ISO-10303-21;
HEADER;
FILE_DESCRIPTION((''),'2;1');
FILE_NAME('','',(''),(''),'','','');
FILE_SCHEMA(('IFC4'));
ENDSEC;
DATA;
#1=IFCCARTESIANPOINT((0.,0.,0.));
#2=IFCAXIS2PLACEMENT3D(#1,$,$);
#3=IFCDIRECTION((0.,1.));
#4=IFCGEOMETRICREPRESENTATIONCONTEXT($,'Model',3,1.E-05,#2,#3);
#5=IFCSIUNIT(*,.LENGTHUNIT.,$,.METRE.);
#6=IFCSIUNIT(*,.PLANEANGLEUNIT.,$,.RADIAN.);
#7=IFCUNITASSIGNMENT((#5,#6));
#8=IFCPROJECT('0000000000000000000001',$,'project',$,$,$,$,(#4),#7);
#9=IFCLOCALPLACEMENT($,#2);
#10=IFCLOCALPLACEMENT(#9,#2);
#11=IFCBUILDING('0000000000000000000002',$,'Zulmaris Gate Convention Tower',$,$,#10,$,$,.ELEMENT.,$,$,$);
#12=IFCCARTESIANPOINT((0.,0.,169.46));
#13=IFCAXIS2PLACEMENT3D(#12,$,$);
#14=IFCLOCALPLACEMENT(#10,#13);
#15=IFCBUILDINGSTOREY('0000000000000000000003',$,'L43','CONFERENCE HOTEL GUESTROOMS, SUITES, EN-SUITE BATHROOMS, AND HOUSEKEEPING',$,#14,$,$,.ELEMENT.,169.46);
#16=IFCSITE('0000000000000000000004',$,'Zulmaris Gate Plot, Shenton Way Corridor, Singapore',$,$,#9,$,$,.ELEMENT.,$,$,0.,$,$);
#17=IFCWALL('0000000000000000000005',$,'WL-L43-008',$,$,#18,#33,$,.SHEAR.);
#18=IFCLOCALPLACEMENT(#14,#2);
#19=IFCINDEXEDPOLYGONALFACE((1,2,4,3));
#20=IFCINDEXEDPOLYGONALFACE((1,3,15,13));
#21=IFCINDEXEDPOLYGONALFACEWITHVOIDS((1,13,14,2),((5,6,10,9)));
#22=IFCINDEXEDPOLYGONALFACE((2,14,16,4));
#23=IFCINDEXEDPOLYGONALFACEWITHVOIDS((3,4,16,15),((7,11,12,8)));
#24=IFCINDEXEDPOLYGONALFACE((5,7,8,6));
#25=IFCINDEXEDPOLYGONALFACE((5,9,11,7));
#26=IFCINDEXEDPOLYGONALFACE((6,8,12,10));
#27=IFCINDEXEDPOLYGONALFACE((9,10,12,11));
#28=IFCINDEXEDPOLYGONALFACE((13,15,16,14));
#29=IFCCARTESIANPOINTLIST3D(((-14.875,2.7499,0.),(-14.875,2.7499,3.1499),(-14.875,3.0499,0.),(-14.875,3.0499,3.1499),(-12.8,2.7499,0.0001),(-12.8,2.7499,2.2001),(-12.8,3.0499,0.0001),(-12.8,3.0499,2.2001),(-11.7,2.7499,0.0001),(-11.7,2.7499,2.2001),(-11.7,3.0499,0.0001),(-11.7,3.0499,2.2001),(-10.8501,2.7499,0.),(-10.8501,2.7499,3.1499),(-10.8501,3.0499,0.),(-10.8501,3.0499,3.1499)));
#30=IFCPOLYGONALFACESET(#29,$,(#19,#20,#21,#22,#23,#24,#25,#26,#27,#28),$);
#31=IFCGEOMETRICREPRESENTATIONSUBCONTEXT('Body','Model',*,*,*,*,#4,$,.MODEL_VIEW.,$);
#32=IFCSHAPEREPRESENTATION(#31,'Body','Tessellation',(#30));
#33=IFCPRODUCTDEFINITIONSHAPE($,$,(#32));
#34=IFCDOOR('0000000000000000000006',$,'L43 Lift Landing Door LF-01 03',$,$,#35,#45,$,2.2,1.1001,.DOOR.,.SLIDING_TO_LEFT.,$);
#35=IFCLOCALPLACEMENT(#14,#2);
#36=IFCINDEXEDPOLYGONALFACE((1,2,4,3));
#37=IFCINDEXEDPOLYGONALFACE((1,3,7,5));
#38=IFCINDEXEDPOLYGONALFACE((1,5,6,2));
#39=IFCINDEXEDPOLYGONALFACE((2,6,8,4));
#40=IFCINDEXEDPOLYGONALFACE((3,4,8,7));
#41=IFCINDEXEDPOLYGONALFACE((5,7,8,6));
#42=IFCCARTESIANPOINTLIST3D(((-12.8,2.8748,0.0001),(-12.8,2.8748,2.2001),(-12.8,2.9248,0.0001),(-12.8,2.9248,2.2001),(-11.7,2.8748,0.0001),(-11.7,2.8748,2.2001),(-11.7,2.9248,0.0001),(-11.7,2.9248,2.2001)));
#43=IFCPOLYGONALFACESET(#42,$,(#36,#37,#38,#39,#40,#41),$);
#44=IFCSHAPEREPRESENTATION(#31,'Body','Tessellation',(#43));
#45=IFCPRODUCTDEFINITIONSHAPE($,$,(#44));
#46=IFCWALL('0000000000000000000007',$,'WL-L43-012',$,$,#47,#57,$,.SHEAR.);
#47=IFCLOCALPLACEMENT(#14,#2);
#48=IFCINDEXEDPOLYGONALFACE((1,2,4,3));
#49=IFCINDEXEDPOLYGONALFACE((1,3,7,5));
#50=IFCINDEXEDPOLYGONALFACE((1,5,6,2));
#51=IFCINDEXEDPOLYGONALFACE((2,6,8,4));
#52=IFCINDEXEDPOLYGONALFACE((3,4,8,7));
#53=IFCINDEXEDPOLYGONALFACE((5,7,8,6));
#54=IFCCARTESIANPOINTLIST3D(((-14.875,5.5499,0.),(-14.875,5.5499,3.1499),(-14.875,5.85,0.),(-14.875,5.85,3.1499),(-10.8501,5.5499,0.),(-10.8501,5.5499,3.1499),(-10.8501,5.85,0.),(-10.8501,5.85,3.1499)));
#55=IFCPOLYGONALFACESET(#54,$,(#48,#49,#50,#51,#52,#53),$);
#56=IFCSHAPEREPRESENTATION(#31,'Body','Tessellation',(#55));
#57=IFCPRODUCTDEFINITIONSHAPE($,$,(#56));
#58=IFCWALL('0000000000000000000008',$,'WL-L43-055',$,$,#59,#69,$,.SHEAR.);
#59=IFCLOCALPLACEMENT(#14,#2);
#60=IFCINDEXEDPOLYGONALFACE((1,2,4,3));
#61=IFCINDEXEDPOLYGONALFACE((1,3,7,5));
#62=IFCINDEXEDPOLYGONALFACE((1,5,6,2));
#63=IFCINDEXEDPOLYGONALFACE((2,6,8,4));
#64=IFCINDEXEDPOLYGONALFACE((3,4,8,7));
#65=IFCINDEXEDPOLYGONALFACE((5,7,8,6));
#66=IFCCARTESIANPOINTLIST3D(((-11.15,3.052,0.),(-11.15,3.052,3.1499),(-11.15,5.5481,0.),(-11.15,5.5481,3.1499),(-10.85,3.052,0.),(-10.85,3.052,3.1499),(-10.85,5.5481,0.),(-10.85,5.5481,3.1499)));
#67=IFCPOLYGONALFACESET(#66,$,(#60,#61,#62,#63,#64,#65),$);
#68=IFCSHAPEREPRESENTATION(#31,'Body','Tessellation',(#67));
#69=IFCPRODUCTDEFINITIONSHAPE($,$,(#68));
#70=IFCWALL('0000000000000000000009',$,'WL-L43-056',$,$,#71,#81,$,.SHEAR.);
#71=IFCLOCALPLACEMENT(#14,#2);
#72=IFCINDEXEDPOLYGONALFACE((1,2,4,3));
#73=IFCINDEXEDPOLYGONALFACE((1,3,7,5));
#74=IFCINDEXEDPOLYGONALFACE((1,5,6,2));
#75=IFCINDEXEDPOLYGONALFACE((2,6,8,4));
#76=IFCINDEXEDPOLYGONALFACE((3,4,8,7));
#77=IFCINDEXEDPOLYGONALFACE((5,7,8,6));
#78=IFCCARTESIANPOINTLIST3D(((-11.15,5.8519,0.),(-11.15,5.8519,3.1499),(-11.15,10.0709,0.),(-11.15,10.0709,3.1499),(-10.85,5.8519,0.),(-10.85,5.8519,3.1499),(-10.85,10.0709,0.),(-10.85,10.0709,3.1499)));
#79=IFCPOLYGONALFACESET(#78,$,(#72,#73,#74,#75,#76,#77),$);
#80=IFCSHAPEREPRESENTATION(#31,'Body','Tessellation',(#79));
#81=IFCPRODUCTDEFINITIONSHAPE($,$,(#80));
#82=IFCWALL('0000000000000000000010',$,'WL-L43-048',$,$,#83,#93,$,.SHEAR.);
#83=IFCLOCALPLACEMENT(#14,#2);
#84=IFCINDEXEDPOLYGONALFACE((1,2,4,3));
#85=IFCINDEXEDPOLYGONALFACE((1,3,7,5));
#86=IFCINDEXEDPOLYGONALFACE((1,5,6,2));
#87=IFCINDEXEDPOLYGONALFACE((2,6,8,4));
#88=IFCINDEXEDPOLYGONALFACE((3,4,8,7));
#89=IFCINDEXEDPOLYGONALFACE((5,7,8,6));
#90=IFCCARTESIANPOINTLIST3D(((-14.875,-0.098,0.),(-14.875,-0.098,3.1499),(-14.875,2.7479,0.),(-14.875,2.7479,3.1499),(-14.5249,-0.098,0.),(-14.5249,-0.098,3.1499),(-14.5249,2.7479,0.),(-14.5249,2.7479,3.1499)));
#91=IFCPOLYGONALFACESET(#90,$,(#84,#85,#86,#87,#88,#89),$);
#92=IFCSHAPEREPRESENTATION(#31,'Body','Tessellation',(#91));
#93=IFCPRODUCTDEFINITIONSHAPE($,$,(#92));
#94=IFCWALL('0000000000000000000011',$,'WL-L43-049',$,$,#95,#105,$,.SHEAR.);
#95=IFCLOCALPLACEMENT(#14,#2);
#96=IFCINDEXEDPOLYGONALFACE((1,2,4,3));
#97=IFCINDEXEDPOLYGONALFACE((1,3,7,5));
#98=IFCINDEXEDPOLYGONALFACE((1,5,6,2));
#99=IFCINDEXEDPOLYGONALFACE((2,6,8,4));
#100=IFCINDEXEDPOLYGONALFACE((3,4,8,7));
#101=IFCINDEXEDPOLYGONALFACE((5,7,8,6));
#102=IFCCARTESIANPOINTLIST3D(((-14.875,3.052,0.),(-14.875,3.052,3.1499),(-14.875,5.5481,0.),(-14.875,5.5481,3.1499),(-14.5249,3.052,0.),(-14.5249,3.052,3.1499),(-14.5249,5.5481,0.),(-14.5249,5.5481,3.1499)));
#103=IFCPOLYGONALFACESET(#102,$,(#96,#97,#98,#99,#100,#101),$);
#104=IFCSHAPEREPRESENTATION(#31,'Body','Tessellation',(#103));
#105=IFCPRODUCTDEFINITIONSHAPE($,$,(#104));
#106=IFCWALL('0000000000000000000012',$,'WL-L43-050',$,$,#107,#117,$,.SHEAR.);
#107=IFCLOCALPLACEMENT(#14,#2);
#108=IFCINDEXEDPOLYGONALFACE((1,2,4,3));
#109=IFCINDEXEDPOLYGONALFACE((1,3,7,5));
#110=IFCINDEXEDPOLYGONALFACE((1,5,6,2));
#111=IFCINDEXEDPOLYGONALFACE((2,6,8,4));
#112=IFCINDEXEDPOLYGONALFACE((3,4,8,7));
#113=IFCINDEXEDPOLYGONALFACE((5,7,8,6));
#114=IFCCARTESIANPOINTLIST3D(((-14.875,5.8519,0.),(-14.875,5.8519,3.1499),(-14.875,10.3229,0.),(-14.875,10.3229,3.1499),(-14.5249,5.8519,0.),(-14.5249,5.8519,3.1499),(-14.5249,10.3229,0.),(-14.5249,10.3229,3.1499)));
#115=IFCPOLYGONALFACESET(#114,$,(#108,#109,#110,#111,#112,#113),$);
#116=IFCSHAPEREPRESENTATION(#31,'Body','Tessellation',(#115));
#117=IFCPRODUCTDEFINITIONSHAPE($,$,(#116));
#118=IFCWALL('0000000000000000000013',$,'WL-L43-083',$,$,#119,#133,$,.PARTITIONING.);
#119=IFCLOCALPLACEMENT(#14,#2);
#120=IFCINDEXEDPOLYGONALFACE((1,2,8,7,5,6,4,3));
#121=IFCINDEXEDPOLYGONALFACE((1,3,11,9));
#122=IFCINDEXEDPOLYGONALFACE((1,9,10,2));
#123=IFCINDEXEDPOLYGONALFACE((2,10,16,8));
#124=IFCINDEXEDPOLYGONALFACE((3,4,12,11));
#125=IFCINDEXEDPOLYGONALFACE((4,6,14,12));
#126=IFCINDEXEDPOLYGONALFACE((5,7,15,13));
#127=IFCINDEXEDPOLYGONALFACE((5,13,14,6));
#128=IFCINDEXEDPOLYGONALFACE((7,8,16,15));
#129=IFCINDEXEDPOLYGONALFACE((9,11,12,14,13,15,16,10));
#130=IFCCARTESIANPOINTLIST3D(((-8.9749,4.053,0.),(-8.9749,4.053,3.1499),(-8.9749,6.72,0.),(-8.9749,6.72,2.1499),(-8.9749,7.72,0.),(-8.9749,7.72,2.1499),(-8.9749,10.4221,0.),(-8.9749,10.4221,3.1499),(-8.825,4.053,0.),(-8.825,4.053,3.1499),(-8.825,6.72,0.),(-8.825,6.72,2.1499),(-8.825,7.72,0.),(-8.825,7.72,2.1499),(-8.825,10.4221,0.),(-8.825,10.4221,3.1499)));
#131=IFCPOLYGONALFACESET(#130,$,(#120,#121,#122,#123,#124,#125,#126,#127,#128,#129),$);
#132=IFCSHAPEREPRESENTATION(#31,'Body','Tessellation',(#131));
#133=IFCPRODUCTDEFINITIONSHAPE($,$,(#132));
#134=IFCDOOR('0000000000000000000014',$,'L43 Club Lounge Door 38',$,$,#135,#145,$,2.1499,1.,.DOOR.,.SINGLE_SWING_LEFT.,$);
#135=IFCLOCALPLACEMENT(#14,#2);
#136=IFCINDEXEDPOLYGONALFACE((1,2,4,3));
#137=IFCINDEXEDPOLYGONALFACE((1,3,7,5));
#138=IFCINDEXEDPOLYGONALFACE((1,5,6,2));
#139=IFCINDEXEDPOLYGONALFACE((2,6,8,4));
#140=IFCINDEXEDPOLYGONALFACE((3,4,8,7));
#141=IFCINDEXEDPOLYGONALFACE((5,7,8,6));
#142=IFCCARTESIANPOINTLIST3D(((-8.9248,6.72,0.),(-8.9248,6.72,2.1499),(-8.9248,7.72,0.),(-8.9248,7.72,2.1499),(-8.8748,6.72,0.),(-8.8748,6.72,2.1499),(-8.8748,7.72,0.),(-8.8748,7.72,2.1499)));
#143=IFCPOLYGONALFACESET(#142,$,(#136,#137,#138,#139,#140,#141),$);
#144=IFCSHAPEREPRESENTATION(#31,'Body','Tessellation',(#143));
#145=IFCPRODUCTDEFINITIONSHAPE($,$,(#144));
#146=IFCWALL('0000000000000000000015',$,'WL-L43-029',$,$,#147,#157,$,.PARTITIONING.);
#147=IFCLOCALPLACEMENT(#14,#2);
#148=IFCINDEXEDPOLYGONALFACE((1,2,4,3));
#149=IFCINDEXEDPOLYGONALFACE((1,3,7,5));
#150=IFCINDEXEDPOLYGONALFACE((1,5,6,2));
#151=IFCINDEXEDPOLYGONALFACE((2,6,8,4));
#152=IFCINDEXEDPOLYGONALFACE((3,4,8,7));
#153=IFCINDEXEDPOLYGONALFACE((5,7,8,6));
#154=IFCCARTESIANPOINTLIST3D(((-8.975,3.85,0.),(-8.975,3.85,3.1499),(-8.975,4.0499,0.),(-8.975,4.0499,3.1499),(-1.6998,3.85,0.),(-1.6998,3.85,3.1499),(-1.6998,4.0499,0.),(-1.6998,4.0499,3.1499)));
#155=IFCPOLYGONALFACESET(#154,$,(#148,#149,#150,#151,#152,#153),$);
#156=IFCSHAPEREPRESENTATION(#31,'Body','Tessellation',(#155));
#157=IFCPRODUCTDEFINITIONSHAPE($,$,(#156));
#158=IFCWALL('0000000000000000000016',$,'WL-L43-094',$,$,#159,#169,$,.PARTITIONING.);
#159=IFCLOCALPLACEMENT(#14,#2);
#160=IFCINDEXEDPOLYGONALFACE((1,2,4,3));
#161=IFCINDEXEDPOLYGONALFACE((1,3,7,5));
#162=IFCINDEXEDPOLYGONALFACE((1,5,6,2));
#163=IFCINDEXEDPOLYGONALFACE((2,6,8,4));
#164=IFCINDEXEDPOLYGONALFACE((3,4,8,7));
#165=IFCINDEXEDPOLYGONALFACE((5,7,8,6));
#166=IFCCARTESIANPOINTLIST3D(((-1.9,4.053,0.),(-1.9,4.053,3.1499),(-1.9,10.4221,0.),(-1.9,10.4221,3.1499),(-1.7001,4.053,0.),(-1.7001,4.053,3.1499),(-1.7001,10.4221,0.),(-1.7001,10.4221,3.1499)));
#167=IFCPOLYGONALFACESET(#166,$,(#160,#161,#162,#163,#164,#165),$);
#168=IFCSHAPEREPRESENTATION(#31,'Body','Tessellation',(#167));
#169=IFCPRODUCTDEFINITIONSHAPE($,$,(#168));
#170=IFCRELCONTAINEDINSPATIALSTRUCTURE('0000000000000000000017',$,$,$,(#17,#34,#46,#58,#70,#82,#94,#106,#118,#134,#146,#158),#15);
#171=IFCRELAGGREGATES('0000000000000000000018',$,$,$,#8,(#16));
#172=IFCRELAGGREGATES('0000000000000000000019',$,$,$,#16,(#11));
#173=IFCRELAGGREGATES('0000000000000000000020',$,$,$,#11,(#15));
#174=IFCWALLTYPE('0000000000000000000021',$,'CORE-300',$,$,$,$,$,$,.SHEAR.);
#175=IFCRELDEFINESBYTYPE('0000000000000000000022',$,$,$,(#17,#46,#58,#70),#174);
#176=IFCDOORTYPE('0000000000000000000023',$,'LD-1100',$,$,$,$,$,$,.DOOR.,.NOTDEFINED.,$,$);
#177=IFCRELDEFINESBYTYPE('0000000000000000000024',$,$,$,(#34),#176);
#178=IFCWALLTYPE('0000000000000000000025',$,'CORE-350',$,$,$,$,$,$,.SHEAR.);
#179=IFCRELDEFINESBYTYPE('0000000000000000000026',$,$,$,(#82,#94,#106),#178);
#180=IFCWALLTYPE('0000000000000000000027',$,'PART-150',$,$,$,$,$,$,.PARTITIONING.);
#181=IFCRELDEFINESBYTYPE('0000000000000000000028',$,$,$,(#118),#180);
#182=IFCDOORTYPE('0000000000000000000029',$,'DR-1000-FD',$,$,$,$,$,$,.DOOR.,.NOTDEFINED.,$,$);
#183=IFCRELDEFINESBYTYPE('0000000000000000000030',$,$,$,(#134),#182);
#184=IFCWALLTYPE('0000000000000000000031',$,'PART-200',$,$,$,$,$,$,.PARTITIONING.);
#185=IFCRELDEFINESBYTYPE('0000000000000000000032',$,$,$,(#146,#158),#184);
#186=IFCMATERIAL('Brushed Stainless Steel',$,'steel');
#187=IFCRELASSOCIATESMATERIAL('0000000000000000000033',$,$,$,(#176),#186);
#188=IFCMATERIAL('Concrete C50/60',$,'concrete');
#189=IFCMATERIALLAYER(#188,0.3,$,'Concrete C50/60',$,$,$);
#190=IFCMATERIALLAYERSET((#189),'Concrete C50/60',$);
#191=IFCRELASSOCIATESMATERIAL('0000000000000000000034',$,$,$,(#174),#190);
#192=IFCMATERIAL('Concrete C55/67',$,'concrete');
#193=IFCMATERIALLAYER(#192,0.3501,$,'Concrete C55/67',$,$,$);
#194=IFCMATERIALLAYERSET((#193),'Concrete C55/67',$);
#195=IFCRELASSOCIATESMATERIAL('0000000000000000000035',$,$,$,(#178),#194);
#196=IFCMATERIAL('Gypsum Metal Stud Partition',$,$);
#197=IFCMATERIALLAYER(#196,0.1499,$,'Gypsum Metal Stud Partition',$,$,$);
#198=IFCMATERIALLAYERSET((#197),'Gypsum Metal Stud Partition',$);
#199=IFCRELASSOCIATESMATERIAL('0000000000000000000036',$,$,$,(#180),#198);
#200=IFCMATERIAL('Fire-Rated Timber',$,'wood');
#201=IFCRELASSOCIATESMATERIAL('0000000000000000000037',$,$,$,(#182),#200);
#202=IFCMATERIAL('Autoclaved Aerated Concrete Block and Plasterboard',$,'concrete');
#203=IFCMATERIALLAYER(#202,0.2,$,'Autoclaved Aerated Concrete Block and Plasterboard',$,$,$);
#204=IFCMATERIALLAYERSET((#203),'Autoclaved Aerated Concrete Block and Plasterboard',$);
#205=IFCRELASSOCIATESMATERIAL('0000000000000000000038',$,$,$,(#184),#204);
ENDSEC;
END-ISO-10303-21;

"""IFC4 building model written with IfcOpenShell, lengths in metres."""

from ifc_helpers import new_model, si_unit, direction, frame, frame_2d, origin, place, context, subcontext, project, spatial, rectangle, extrude, material, layer, layer_set, type_object, element, fill, save


model = new_model("IFC4")

# Units and contexts
model_context = context("Model", 3, precision=1e-05, world=origin(), true_north=direction((0.0, 1.0)))
body_context = subcontext(model_context, "Body", "Model", "MODEL_VIEW")
ifc_project = project(units=[si_unit("LENGTHUNIT", "METRE"), si_unit("PLANEANGLEUNIT", "RADIAN")], contexts=[model_context])

# Site, building, storey
site_placement = place(None, origin())
site = spatial("IfcSite", under=ifc_project, at=site_placement, Name="Zulmaris Gate Plot, Shenton Way Corridor, Singapore", CompositionType="ELEMENT", RefElevation=0.0)
building_placement = place(site_placement, origin())
building = spatial("IfcBuilding", under=site, at=building_placement, Name="Zulmaris Gate Convention Tower", CompositionType="ELEMENT")
storey_placement = place(building_placement, frame((0.0, 0.0, 169.46)))
storey = spatial("IfcBuildingStorey", under=building, at=storey_placement, Name="L43", Description="CONFERENCE HOTEL GUESTROOMS, SUITES, EN-SUITE BATHROOMS, AND HOUSEKEEPING", CompositionType="ELEMENT", Elevation=169.46)

# Shared definitions
ifc_material_1 = material(Name="Concrete C50/60", Category="concrete")

# Shared definitions
ifc_material_2 = material(Name="Brushed Stainless Steel", Category="steel")
door_type_1 = type_object("IfcDoorType", Name="LD-1100", OperationType="NOTDEFINED", PredefinedType="DOOR", material=ifc_material_2)

# Wall, opening, door
ifc_layer_1 = layer(ifc_material_1, 0.3, Name="Concrete C50/60")
ifc_layer_set_1 = layer_set([ifc_layer_1], Name="Concrete C50/60")
wall_type_1 = type_object("IfcWallType", Name="CORE-300", PredefinedType="SHEAR", material=ifc_layer_set_1)
wall_1_placement = place(storey_placement, frame((-14.875, 2.8999, 0.0), z_axis=(0.0, 0.0, 1.0), x_axis=(1.0, 0.0, 0.0)))
wall_1 = element("IfcWall", 1, at=wall_1_placement, inside=storey, type_object=wall_type_1, Name="WL-L43-008", PredefinedType="SHEAR", context=body_context, shape_type="SweptSolid", body=[
    extrude(rectangle(XDim=4.0249, YDim=0.3, at=frame_2d((2.0125, 0.0))), origin(), (0.0, 0.0, 1.0), 3.1499),
])
opening_1_placement = place(wall_1_placement, frame((2.075, 0.0, 0.0)))
opening_1 = element("IfcOpeningElement", 2, at=opening_1_placement, cuts=wall_1, PredefinedType="OPENING", context=body_context, shape_type="SweptSolid", body=[
    extrude(rectangle(XDim=1.1001, YDim=2.2, at=frame_2d((0.55, 1.1001))), frame((0.0, 0.1602, 0.0), z_axis=(0.0, -1.0, 0.0), x_axis=(1.0, 0.0, 0.0)), (0.0, 0.0, 1.0), 0.3201),
])
door_1_placement = place(opening_1_placement, origin())
door_1 = element("IfcDoor", 3, at=door_1_placement, inside=storey, type_object=door_type_1, Name="L43 Lift Landing Door LF-01 03", OperationType="SLIDING_TO_LEFT", OverallHeight=2.2, OverallWidth=1.1001, PredefinedType="DOOR", context=body_context, shape_type="SweptSolid", body=[
    extrude(rectangle(XDim=1.1001, YDim=2.2, at=frame_2d((0.55, 1.1001))), frame((0.0, 0.0249, 0.0), z_axis=(0.0, -1.0, 0.0), x_axis=(1.0, 0.0, 0.0)), (0.0, 0.0, 1.0), 0.05),
])
fill(opening_1, door_1)

# Wall
wall_2_placement = place(storey_placement, frame((-14.875, 5.7, 0.0), z_axis=(0.0, 0.0, 1.0), x_axis=(1.0, 0.0, 0.0)))
element("IfcWall", 4, at=wall_2_placement, inside=storey, type_object=wall_type_1, Name="WL-L43-012", PredefinedType="SHEAR", context=body_context, shape_type="SweptSolid", body=[
    extrude(rectangle(XDim=4.0249, YDim=0.3, at=frame_2d((2.0125, 0.0))), origin(), (0.0, 0.0, 1.0), 3.1499),
])

# Walls
wall_3_placement = place(storey_placement, frame((-11.0, 3.052, 0.0), z_axis=(0.0, 0.0, 1.0), x_axis=(0.0, 1.0, 0.0)))
element("IfcWall", 5, at=wall_3_placement, inside=storey, type_object=wall_type_1, Name="WL-L43-055", PredefinedType="SHEAR", context=body_context, shape_type="SweptSolid", body=[
    extrude(rectangle(XDim=2.4961, YDim=0.3, at=frame_2d((1.248, 0.0))), origin(), (0.0, 0.0, 1.0), 3.1499),
])
wall_4_placement = place(storey_placement, frame((-11.0, 5.8521, 0.0), z_axis=(0.0, 0.0, 1.0), x_axis=(0.0, 1.0, 0.0)))
element("IfcWall", 6, at=wall_4_placement, inside=storey, type_object=wall_type_1, Name="WL-L43-056", PredefinedType="SHEAR", context=body_context, shape_type="SweptSolid", body=[
    extrude(rectangle(XDim=4.219, YDim=0.3, at=frame_2d((2.1094, 0.0))), origin(), (0.0, 0.0, 1.0), 3.1499),
])
ifc_material_3 = material(Name="Concrete C55/67", Category="concrete")
ifc_layer_2 = layer(ifc_material_3, 0.3501, Name="Concrete C55/67")
ifc_layer_set_2 = layer_set([ifc_layer_2], Name="Concrete C55/67")
wall_type_2 = type_object("IfcWallType", Name="CORE-350", PredefinedType="SHEAR", material=ifc_layer_set_2)
wall_5_placement = place(storey_placement, frame((-14.7, -0.0979, 0.0), z_axis=(0.0, 0.0, 1.0), x_axis=(0.0, 1.0, 0.0)))
element("IfcWall", 7, at=wall_5_placement, inside=storey, type_object=wall_type_2, Name="WL-L43-048", PredefinedType="SHEAR", context=body_context, shape_type="SweptSolid", body=[
    extrude(rectangle(XDim=2.8459, YDim=0.3501, at=frame_2d((1.4229, 0.0))), origin(), (0.0, 0.0, 1.0), 3.1499),
])
wall_6_placement = place(storey_placement, frame((-14.7, 3.052, 0.0), z_axis=(0.0, 0.0, 1.0), x_axis=(0.0, 1.0, 0.0)))
element("IfcWall", 8, at=wall_6_placement, inside=storey, type_object=wall_type_2, Name="WL-L43-049", PredefinedType="SHEAR", context=body_context, shape_type="SweptSolid", body=[
    extrude(rectangle(XDim=2.4961, YDim=0.3501, at=frame_2d((1.248, 0.0))), origin(), (0.0, 0.0, 1.0), 3.1499),
])
wall_7_placement = place(storey_placement, frame((-14.7, 5.8521, 0.0), z_axis=(0.0, 0.0, 1.0), x_axis=(0.0, 1.0, 0.0)))
element("IfcWall", 9, at=wall_7_placement, inside=storey, type_object=wall_type_2, Name="WL-L43-050", PredefinedType="SHEAR", context=body_context, shape_type="SweptSolid", body=[
    extrude(rectangle(XDim=4.4709, YDim=0.3501, at=frame_2d((2.2354, 0.0))), origin(), (0.0, 0.0, 1.0), 3.1499),
])

# Wall, opening, door
ifc_material_4 = material(Name="Gypsum Metal Stud Partition")
ifc_layer_3 = layer(ifc_material_4, 0.1499, Name="Gypsum Metal Stud Partition")
ifc_layer_set_3 = layer_set([ifc_layer_3], Name="Gypsum Metal Stud Partition")
wall_type_3 = type_object("IfcWallType", Name="PART-150", PredefinedType="PARTITIONING", material=ifc_layer_set_3)
ifc_material_5 = material(Name="Fire-Rated Timber", Category="wood")
wall_8_placement = place(storey_placement, frame((-8.8999, 4.053, 0.0), z_axis=(0.0, 0.0, 1.0), x_axis=(0.0, 1.0, 0.0)))
wall_8 = element("IfcWall", 10, at=wall_8_placement, inside=storey, type_object=wall_type_3, Name="WL-L43-083", PredefinedType="PARTITIONING", context=body_context, shape_type="SweptSolid", body=[
    extrude(rectangle(XDim=6.3691, YDim=0.1499, at=frame_2d((3.1846, 0.0))), origin(), (0.0, 0.0, 1.0), 3.1499),
])
opening_2_placement = place(wall_8_placement, frame((2.667, 0.0, 0.0)))
opening_2 = element("IfcOpeningElement", 11, at=opening_2_placement, cuts=wall_8, PredefinedType="OPENING", context=body_context, shape_type="SweptSolid", body=[
    extrude(rectangle(XDim=1.0, YDim=2.1499, at=frame_2d((0.5, 1.075))), frame((0.0, 0.085, 0.0), z_axis=(0.0, -1.0, 0.0), x_axis=(1.0, 0.0, 0.0)), (0.0, 0.0, 1.0), 0.1699),
])
door_type_2 = type_object("IfcDoorType", Name="DR-1000-FD", OperationType="NOTDEFINED", PredefinedType="DOOR", material=ifc_material_5)
door_2_placement = place(opening_2_placement, origin())
door_2 = element("IfcDoor", 12, at=door_2_placement, inside=storey, type_object=door_type_2, Name="L43 Club Lounge Door 38", OperationType="SINGLE_SWING_LEFT", OverallHeight=2.1499, OverallWidth=1.0, PredefinedType="DOOR", context=body_context, shape_type="SweptSolid", body=[
    extrude(rectangle(XDim=1.0, YDim=2.1499, at=frame_2d((0.5, 1.075))), frame((0.0, 0.0249, 0.0), z_axis=(0.0, -1.0, 0.0), x_axis=(1.0, 0.0, 0.0)), (0.0, 0.0, 1.0), 0.05),
])
fill(opening_2, door_2)

# Wall
ifc_material_6 = material(Name="Autoclaved Aerated Concrete Block and Plasterboard", Category="concrete")
ifc_layer_4 = layer(ifc_material_6, 0.2, Name="Autoclaved Aerated Concrete Block and Plasterboard")
ifc_layer_set_4 = layer_set([ifc_layer_4], Name="Autoclaved Aerated Concrete Block and Plasterboard")
wall_type_4 = type_object("IfcWallType", Name="PART-200", PredefinedType="PARTITIONING", material=ifc_layer_set_4)
wall_9_placement = place(storey_placement, frame((-8.9751, 3.95, 0.0), z_axis=(0.0, 0.0, 1.0), x_axis=(1.0, 0.0, 0.0)))
element("IfcWall", 13, at=wall_9_placement, inside=storey, type_object=wall_type_4, Name="WL-L43-029", PredefinedType="PARTITIONING", context=body_context, shape_type="SweptSolid", body=[
    extrude(rectangle(XDim=7.2751, YDim=0.2, at=frame_2d((3.6377, 0.0))), origin(), (0.0, 0.0, 1.0), 3.1499),
])

# Wall
wall_10_placement = place(storey_placement, frame((-1.8, 4.053, 0.0), z_axis=(0.0, 0.0, 1.0), x_axis=(0.0, 1.0, 0.0)))
element("IfcWall", 14, at=wall_10_placement, inside=storey, type_object=wall_type_4, Name="WL-L43-094", PredefinedType="PARTITIONING", context=body_context, shape_type="SweptSolid", body=[
    extrude(rectangle(XDim=6.3691, YDim=0.2, at=frame_2d((3.1846, 0.0))), origin(), (0.0, 0.0, 1.0), 3.1499),
])

save(model, "model.ifc")
